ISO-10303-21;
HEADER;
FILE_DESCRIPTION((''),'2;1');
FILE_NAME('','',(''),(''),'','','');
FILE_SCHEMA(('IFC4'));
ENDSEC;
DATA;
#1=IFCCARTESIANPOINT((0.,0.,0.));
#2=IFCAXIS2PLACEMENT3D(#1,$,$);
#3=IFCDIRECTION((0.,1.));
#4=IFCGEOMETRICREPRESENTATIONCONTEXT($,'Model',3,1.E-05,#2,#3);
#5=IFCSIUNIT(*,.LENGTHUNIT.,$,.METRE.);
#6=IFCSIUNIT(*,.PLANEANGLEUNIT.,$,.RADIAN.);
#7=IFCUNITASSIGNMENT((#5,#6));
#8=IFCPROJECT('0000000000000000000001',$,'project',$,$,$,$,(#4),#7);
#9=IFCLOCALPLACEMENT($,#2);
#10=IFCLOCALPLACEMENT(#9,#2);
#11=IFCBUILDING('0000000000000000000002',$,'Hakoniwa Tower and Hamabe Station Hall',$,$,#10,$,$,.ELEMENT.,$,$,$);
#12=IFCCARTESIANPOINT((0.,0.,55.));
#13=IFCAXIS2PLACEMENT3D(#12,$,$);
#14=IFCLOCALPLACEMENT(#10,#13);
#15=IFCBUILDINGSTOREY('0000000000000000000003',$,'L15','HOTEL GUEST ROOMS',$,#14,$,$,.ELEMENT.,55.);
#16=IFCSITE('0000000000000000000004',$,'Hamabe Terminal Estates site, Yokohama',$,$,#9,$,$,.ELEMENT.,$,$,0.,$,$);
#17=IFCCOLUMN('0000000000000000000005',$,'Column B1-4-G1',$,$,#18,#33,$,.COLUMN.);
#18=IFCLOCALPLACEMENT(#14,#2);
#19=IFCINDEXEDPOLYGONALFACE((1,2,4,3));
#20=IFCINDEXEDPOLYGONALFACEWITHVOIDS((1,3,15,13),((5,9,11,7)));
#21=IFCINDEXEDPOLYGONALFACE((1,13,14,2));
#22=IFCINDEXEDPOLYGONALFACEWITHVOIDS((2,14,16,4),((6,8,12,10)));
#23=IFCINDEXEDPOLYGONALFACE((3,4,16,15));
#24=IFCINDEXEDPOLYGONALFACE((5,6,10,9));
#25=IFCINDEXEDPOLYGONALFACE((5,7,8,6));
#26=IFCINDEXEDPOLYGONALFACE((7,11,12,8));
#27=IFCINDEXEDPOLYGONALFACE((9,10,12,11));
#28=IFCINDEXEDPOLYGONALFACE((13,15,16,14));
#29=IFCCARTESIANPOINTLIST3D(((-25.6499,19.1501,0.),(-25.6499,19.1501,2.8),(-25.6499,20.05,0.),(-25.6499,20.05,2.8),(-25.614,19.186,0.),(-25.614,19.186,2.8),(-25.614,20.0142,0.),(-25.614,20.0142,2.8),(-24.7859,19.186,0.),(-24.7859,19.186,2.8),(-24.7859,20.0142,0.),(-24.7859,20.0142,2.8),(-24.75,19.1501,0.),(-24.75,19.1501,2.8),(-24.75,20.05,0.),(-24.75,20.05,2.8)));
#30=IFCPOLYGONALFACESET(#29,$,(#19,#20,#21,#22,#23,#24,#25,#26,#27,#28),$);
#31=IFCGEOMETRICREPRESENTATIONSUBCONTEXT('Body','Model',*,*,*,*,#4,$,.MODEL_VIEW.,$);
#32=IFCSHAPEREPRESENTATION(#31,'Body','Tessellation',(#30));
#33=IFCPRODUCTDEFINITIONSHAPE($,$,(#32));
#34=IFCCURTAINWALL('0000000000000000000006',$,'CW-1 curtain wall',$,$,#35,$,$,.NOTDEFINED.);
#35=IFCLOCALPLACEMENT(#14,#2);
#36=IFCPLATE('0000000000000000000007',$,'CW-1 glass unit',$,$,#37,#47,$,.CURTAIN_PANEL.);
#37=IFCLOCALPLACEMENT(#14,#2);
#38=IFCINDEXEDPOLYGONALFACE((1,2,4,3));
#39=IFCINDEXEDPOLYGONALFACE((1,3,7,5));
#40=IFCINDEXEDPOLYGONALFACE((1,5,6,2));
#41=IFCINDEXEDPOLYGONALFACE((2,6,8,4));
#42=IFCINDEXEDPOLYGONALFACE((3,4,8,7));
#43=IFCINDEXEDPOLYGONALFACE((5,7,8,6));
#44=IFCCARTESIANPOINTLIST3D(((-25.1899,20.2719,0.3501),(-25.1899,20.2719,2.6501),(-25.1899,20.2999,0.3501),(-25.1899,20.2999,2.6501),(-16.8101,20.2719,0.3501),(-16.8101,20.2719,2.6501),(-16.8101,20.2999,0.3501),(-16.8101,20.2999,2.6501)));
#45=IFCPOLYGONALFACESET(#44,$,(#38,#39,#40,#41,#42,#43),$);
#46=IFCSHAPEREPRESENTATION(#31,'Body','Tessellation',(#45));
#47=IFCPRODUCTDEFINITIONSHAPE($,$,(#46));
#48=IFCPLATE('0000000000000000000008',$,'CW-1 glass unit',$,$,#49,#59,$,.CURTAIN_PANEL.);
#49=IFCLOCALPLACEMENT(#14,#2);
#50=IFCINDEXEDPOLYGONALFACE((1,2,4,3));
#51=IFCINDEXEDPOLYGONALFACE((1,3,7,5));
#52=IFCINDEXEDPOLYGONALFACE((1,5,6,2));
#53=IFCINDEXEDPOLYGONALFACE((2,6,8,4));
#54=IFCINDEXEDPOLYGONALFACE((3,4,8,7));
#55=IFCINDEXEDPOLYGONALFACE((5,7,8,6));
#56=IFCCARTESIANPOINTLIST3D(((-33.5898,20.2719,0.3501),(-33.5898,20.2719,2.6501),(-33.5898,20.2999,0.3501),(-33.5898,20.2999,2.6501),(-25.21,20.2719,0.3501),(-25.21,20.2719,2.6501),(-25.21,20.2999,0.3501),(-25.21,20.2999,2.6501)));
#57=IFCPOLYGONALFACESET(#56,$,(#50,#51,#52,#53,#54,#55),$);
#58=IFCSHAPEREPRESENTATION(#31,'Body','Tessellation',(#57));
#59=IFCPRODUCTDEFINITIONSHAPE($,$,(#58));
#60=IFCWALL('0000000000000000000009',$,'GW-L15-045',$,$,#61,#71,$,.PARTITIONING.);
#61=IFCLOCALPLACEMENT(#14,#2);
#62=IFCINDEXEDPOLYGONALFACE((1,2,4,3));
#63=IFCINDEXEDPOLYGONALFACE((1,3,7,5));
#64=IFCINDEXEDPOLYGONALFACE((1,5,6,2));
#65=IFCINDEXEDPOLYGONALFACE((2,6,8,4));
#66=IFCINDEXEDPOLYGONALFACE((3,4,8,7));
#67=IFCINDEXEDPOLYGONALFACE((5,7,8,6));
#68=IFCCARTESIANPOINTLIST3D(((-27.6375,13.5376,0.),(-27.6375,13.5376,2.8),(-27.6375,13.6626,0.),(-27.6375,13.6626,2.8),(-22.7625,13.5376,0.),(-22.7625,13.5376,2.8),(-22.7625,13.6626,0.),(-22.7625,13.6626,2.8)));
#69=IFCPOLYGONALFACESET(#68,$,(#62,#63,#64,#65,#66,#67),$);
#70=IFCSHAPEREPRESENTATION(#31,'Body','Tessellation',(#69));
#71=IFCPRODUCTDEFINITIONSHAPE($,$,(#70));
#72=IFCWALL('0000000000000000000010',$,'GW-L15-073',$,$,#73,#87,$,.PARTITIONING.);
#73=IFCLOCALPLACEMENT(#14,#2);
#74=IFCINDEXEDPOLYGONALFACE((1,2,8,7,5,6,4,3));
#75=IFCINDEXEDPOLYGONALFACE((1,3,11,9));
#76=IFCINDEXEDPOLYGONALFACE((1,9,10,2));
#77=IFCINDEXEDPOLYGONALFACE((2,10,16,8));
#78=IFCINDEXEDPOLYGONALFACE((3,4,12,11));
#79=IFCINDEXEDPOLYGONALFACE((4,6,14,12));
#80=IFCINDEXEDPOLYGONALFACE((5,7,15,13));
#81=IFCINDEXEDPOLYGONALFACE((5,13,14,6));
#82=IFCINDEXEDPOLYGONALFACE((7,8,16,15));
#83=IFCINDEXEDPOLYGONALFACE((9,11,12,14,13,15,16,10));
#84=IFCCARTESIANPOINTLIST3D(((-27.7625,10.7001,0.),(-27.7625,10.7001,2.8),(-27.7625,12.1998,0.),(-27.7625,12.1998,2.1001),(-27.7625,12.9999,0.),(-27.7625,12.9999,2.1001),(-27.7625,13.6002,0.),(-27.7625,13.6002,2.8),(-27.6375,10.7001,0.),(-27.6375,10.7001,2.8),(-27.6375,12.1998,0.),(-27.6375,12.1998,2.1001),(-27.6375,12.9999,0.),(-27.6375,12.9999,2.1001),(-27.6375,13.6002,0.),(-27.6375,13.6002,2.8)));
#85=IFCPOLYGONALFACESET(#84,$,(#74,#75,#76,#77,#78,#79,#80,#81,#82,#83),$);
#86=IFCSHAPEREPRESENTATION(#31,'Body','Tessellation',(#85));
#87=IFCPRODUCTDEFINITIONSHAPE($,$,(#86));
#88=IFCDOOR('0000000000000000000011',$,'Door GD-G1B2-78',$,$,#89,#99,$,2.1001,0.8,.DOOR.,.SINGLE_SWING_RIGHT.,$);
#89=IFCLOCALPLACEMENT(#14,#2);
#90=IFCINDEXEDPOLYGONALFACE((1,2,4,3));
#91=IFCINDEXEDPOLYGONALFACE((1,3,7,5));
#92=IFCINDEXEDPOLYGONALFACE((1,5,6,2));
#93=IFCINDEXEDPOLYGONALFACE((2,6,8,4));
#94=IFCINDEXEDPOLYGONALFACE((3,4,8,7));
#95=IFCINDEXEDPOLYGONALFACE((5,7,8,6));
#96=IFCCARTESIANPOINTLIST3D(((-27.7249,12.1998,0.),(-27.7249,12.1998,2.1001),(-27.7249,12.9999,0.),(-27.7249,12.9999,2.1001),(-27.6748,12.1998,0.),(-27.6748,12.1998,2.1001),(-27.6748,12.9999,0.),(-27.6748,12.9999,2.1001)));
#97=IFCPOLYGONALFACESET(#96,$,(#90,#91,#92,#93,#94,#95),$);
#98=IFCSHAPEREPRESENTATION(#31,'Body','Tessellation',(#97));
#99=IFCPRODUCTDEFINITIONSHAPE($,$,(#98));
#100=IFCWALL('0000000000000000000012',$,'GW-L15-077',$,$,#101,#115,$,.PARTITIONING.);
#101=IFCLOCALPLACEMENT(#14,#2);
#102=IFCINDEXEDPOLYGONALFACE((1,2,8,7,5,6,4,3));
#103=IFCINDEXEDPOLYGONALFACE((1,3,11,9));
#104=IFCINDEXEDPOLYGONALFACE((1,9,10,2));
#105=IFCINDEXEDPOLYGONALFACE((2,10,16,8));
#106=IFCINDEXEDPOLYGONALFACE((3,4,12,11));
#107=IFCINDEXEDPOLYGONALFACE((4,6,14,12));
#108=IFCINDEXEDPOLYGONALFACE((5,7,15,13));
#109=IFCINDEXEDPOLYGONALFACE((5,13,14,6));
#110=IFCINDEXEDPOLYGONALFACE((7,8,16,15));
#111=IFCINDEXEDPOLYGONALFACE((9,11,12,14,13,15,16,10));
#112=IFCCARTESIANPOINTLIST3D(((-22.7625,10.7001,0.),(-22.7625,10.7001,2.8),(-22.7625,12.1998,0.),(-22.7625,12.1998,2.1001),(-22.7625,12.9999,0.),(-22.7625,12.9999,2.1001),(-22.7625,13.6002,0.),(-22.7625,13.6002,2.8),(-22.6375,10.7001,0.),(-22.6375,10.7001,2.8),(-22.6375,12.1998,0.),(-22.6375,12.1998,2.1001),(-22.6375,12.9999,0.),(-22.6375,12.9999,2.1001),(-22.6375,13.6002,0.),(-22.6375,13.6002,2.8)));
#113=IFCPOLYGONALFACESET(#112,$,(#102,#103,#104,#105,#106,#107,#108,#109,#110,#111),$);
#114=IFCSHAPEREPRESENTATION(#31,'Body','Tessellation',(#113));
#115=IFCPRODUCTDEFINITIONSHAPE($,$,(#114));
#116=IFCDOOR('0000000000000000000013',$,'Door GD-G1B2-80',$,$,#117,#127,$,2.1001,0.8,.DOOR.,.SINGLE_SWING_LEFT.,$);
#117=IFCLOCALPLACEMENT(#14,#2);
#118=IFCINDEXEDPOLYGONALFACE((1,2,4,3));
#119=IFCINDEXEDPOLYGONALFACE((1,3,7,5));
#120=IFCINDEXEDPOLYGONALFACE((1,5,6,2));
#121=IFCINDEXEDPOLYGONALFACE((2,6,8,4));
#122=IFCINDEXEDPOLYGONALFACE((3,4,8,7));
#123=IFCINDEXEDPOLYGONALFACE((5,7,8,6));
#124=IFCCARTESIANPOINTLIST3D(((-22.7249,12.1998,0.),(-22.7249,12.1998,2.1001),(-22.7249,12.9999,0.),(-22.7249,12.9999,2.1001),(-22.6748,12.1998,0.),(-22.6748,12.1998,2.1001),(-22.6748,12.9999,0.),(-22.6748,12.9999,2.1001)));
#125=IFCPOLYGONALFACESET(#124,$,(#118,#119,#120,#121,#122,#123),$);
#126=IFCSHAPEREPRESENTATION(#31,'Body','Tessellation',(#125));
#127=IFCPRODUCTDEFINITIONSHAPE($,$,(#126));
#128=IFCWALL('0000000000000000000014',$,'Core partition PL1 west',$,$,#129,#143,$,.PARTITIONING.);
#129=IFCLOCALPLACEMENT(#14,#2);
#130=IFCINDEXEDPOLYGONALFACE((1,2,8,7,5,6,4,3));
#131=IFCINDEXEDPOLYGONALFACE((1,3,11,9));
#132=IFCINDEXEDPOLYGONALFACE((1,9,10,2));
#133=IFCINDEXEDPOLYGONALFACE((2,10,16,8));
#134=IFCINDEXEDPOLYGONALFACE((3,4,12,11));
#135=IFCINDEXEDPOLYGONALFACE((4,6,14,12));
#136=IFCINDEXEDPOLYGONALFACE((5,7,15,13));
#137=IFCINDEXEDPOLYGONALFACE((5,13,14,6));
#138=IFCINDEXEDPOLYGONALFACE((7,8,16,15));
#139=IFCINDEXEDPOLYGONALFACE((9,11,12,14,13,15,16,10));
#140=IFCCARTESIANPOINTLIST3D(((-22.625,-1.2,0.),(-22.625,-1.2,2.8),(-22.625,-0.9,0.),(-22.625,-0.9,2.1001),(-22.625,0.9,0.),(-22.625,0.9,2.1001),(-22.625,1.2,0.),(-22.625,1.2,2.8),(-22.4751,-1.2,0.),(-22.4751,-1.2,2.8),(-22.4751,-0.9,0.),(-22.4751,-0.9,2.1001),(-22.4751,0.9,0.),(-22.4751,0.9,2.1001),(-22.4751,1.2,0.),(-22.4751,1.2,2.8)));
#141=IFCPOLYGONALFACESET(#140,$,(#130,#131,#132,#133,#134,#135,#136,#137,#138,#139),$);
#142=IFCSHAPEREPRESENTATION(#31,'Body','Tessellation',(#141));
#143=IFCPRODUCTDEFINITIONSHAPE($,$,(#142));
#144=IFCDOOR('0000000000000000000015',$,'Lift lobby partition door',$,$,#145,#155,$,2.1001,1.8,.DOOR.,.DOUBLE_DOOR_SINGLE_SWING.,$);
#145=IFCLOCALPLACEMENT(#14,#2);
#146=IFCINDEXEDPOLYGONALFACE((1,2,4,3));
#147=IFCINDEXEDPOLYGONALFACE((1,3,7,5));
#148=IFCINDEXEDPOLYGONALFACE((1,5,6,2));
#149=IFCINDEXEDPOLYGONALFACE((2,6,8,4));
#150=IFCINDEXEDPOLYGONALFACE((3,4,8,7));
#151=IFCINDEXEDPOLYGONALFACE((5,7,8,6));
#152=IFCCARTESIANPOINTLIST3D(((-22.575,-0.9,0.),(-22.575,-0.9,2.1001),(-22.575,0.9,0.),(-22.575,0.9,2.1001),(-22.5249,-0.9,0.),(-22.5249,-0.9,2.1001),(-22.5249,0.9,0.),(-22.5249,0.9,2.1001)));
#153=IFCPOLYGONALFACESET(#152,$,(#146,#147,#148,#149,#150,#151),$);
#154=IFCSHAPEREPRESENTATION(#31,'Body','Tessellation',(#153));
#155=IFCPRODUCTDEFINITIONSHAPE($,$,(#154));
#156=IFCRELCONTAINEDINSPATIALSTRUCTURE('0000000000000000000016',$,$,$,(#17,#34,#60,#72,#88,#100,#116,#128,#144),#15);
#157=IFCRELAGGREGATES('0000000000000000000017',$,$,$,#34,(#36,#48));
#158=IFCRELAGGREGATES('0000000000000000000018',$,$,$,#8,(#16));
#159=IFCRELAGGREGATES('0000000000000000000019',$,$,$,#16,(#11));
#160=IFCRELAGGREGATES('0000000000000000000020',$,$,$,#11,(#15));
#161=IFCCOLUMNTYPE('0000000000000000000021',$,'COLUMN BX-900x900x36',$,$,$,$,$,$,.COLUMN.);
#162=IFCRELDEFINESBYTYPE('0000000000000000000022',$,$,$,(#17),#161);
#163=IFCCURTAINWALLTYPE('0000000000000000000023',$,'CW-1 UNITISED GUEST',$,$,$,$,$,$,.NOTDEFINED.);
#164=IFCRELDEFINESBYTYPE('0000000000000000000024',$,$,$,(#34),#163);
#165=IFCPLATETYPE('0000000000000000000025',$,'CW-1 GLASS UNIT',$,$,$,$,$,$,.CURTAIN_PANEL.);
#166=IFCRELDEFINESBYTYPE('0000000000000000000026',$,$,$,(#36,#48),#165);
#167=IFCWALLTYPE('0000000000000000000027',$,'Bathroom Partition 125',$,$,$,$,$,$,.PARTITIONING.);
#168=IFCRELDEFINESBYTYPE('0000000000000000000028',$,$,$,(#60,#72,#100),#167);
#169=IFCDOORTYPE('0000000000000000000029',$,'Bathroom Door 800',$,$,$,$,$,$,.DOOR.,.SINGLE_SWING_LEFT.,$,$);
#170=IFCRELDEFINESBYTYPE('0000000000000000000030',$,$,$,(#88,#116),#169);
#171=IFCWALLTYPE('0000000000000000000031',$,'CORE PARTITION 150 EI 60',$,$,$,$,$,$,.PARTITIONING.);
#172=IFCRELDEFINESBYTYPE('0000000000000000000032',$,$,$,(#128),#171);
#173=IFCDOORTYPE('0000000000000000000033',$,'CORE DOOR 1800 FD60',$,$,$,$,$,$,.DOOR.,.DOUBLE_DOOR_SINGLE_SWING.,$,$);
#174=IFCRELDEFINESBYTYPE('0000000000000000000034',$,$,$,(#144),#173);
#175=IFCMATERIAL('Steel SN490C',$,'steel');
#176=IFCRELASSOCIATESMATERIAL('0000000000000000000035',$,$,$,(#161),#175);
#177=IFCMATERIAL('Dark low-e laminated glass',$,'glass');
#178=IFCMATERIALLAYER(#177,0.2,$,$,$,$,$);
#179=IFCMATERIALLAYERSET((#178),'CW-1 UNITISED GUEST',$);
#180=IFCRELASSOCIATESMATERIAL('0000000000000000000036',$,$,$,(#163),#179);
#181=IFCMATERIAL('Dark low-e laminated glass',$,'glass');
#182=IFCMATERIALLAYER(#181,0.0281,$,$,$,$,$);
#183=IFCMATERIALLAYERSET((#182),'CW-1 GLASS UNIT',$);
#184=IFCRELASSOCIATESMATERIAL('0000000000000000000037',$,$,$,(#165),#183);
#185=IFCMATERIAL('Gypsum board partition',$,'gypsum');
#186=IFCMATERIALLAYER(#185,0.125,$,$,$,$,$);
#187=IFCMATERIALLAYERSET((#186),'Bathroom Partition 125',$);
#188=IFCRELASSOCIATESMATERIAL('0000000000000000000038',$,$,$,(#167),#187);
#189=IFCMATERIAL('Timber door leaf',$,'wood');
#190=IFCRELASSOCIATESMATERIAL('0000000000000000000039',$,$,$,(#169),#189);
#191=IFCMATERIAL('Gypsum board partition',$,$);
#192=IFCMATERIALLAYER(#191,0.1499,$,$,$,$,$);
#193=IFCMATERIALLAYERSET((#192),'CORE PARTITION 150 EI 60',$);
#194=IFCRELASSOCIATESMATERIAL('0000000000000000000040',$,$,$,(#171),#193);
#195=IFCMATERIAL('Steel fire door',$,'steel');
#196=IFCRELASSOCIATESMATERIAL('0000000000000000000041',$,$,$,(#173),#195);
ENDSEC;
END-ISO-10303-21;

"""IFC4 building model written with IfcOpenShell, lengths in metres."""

from ifc_helpers import new_model, si_unit, direction, frame, frame_2d, origin, origin_2d, place, context, subcontext, project, spatial, rectangle, hollow_rectangle, extrude, material, layer, layer_set, material_profile, profile_set, type_object, element, fill, aggregate, save


model = new_model("IFC4")

# Units and contexts
model_context = context("Model", 3, precision=1e-05, world=origin(), true_north=direction((0.0, 1.0)))
body_context = subcontext(model_context, "Body", "Model", "MODEL_VIEW")
ifc_project = project(units=[si_unit("LENGTHUNIT", "METRE"), si_unit("PLANEANGLEUNIT", "RADIAN")], contexts=[model_context])

# Site, building, storey
site_placement = place(None, origin())
site = spatial("IfcSite", under=ifc_project, at=site_placement, Name="Hamabe Terminal Estates site, Yokohama", CompositionType="ELEMENT", RefElevation=0.0)
building_placement = place(site_placement, origin())
building = spatial("IfcBuilding", under=site, at=building_placement, Name="Hakoniwa Tower and Hamabe Station Hall", CompositionType="ELEMENT")
storey_placement = place(building_placement, frame((0.0, 0.0, 55.0)))
storey = spatial("IfcBuildingStorey", under=building, at=storey_placement, Name="L15", Description="HOTEL GUEST ROOMS", CompositionType="ELEMENT", Elevation=55.0)

# Column
ifc_material_1 = material(Name="Steel SN490C", Category="steel")
ifc_material_profile = material_profile(ifc_material_1, hollow_rectangle(XDim=0.8999, YDim=0.8999, WallThickness=0.0359, at=origin_2d()), Name="BX-900x900x36")
ifc_profile_set = profile_set([ifc_material_profile], Name="Steel SN490C")
column_type = type_object("IfcColumnType", Name="COLUMN BX-900x900x36", PredefinedType="COLUMN", material=ifc_profile_set)
column_placement = place(storey_placement, frame((-25.2, 19.6001, 0.0), z_axis=(0.0, 0.0, 1.0), x_axis=(1.0, 0.0, 0.0)))
element("IfcColumn", 1, at=column_placement, inside=storey, type_object=column_type, Name="Column B1-4-G1", PredefinedType="COLUMN", context=body_context, shape_type="SweptSolid", body=[
    extrude(hollow_rectangle(XDim=0.8999, YDim=0.8999, WallThickness=0.0359, at=origin_2d()), origin(), (0.0, 0.0, 1.0), 2.8),
])

# Curtain wall, plates
ifc_material_2 = material(Name="Dark low-e laminated glass", Category="glass")
ifc_layer_1 = layer(ifc_material_2, 0.2)
ifc_layer_set_1 = layer_set([ifc_layer_1], Name="CW-1 UNITISED GUEST")
curtain_wall_type = type_object("IfcCurtainWallType", Name="CW-1 UNITISED GUEST", PredefinedType="NOTDEFINED", material=ifc_layer_set_1)
curtain_wall_placement = place(storey_placement, origin())
curtain_wall = element("IfcCurtainWall", 2, at=curtain_wall_placement, inside=storey, type_object=curtain_wall_type, Name="CW-1 curtain wall", PredefinedType="NOTDEFINED")
ifc_material_3 = material(Name="Dark low-e laminated glass", Category="glass")
ifc_layer_2 = layer(ifc_material_3, 0.0281)
ifc_layer_set_2 = layer_set([ifc_layer_2], Name="CW-1 GLASS UNIT")
plate_type = type_object("IfcPlateType", Name="CW-1 GLASS UNIT", PredefinedType="CURTAIN_PANEL", material=ifc_layer_set_2)
plate_1_placement = place(storey_placement, frame((-21.0, 20.2859, 0.3501), z_axis=(0.0, 0.0, 1.0), x_axis=(-1.0, 0.0, 0.0)))
plate_1 = element("IfcPlate", 3, at=plate_1_placement, type_object=plate_type, Name="CW-1 glass unit", PredefinedType="CURTAIN_PANEL", context=body_context, shape_type="SweptSolid", body=[
    extrude(rectangle(XDim=8.3799, YDim=0.0281, at=origin_2d()), origin(), (0.0, 0.0, 1.0), 2.3),
])
plate_2_placement = place(storey_placement, frame((-29.3999, 20.2859, 0.3501), z_axis=(0.0, 0.0, 1.0), x_axis=(-1.0, 0.0, 0.0)))
plate_2 = element("IfcPlate", 4, at=plate_2_placement, type_object=plate_type, Name="CW-1 glass unit", PredefinedType="CURTAIN_PANEL", context=body_context, shape_type="SweptSolid", body=[
    extrude(rectangle(XDim=8.3799, YDim=0.0281, at=origin_2d()), origin(), (0.0, 0.0, 1.0), 2.3),
])
aggregate(curtain_wall, [plate_1, plate_2])

# Wall
ifc_material_4 = material(Name="Gypsum board partition", Category="gypsum")
ifc_layer_3 = layer(ifc_material_4, 0.125)
ifc_layer_set_3 = layer_set([ifc_layer_3], Name="Bathroom Partition 125")
wall_type_1 = type_object("IfcWallType", Name="Bathroom Partition 125", PredefinedType="PARTITIONING", material=ifc_layer_set_3)
wall_1_placement = place(storey_placement, frame((-27.6375, 13.6001, 0.0), z_axis=(0.0, 0.0, 1.0), x_axis=(1.0, 0.0, 0.0)))
element("IfcWall", 5, at=wall_1_placement, inside=storey, type_object=wall_type_1, Name="GW-L15-045", PredefinedType="PARTITIONING", context=body_context, shape_type="SweptSolid", body=[
    extrude(rectangle(XDim=4.875, YDim=0.125, at=frame_2d((2.4375, 0.0))), origin(), (0.0, 0.0, 1.0), 2.8),
])

# Walls, openings, doors
wall_2_placement = place(storey_placement, frame((-27.7, 10.7, 0.0), z_axis=(0.0, 0.0, 1.0), x_axis=(0.0, 1.0, 0.0)))
wall_2 = element("IfcWall", 6, at=wall_2_placement, inside=storey, type_object=wall_type_1, Name="GW-L15-073", PredefinedType="PARTITIONING", context=body_context, shape_type="SweptSolid", body=[
    extrude(rectangle(XDim=2.9001, YDim=0.125, at=frame_2d((1.4502, 0.0))), origin(), (0.0, 0.0, 1.0), 2.8),
])
opening_1_placement = place(wall_2_placement, frame((1.5, 0.0, 0.0)))
opening_1 = element("IfcOpeningElement", 7, at=opening_1_placement, cuts=wall_2, PredefinedType="OPENING", context=body_context, shape_type="SweptSolid", body=[
    extrude(rectangle(XDim=0.8, YDim=2.1001, at=frame_2d((0.3999, 1.05))), frame((0.0, 0.0725, 0.0), z_axis=(0.0, -1.0, 0.0), x_axis=(1.0, 0.0, 0.0)), (0.0, 0.0, 1.0), 0.145),
])
ifc_material_5 = material(Name="Timber door leaf", Category="wood")
door_type_1 = type_object("IfcDoorType", Name="Bathroom Door 800", OperationType="SINGLE_SWING_LEFT", PredefinedType="DOOR", material=ifc_material_5)
door_1_placement = place(opening_1_placement, origin())
door_1 = element("IfcDoor", 8, at=door_1_placement, inside=storey, type_object=door_type_1, Name="Door GD-G1B2-78", OperationType="SINGLE_SWING_RIGHT", OverallHeight=2.1001, OverallWidth=0.8, PredefinedType="DOOR", context=body_context, shape_type="SweptSolid", body=[
    extrude(rectangle(XDim=0.8, YDim=2.1001, at=frame_2d((0.3999, 1.05))), frame((0.0, 0.0249, 0.0), z_axis=(0.0, -1.0, 0.0), x_axis=(1.0, 0.0, 0.0)), (0.0, 0.0, 1.0), 0.05),
])
fill(opening_1, door_1)
wall_3_placement = place(storey_placement, frame((-22.7, 10.7, 0.0), z_axis=(0.0, 0.0, 1.0), x_axis=(0.0, 1.0, 0.0)))
wall_3 = element("IfcWall", 9, at=wall_3_placement, inside=storey, type_object=wall_type_1, Name="GW-L15-077", PredefinedType="PARTITIONING", context=body_context, shape_type="SweptSolid", body=[
    extrude(rectangle(XDim=2.9001, YDim=0.125, at=frame_2d((1.4502, 0.0))), origin(), (0.0, 0.0, 1.0), 2.8),
])
opening_2_placement = place(wall_3_placement, frame((1.5, 0.0, 0.0)))
opening_2 = element("IfcOpeningElement", 10, at=opening_2_placement, cuts=wall_3, PredefinedType="OPENING", context=body_context, shape_type="SweptSolid", body=[
    extrude(rectangle(XDim=0.8, YDim=2.1001, at=frame_2d((0.3999, 1.05))), frame((0.0, 0.0725, 0.0), z_axis=(0.0, -1.0, 0.0), x_axis=(1.0, 0.0, 0.0)), (0.0, 0.0, 1.0), 0.145),
])
door_2_placement = place(opening_2_placement, origin())
door_2 = element("IfcDoor", 11, at=door_2_placement, inside=storey, type_object=door_type_1, Name="Door GD-G1B2-80", OperationType="SINGLE_SWING_LEFT", OverallHeight=2.1001, OverallWidth=0.8, PredefinedType="DOOR", context=body_context, shape_type="SweptSolid", body=[
    extrude(rectangle(XDim=0.8, YDim=2.1001, at=frame_2d((0.3999, 1.05))), frame((0.0, 0.0249, 0.0), z_axis=(0.0, -1.0, 0.0), x_axis=(1.0, 0.0, 0.0)), (0.0, 0.0, 1.0), 0.05),
])
fill(opening_2, door_2)
ifc_material_6 = material(Name="Gypsum board partition")
ifc_layer_4 = layer(ifc_material_6, 0.1499)
ifc_layer_set_4 = layer_set([ifc_layer_4], Name="CORE PARTITION 150 EI 60")
wall_type_2 = type_object("IfcWallType", Name="CORE PARTITION 150 EI 60", PredefinedType="PARTITIONING", material=ifc_layer_set_4)
wall_4_placement = place(storey_placement, frame((-22.55, -1.2, 0.0), z_axis=(0.0, 0.0, 1.0), x_axis=(0.0, 1.0, 0.0)))
wall_4 = element("IfcWall", 12, at=wall_4_placement, inside=storey, type_object=wall_type_2, Name="Core partition PL1 west", PredefinedType="PARTITIONING", context=body_context, shape_type="SweptSolid", body=[
    extrude(rectangle(XDim=2.3999, YDim=0.1499, at=frame_2d((1.2, 0.0))), origin(), (0.0, 0.0, 1.0), 2.8),
])
opening_3_placement = place(wall_4_placement, frame((0.3, 0.0, 0.0)))
opening_3 = element("IfcOpeningElement", 13, at=opening_3_placement, cuts=wall_4, PredefinedType="OPENING", context=body_context, shape_type="SweptSolid", body=[
    extrude(rectangle(XDim=1.8, YDim=2.1001, at=frame_2d((0.8999, 1.05))), frame((0.0, 0.085, 0.0), z_axis=(0.0, -1.0, 0.0), x_axis=(1.0, 0.0, 0.0)), (0.0, 0.0, 1.0), 0.1699),
])
ifc_material_7 = material(Name="Steel fire door", Category="steel")
door_type_2 = type_object("IfcDoorType", Name="CORE DOOR 1800 FD60", OperationType="DOUBLE_DOOR_SINGLE_SWING", PredefinedType="DOOR", material=ifc_material_7)
door_3_placement = place(opening_3_placement, origin())
door_3 = element("IfcDoor", 14, at=door_3_placement, inside=storey, type_object=door_type_2, Name="Lift lobby partition door", OperationType="DOUBLE_DOOR_SINGLE_SWING", OverallHeight=2.1001, OverallWidth=1.8, PredefinedType="DOOR", context=body_context, shape_type="SweptSolid", body=[
    extrude(rectangle(XDim=1.8, YDim=2.1001, at=frame_2d((0.8999, 1.05))), frame((0.0, 0.0249, 0.0), z_axis=(0.0, -1.0, 0.0), x_axis=(1.0, 0.0, 0.0)), (0.0, 0.0, 1.0), 0.05),
])
fill(opening_3, door_3)

save(model, "model.ifc")
